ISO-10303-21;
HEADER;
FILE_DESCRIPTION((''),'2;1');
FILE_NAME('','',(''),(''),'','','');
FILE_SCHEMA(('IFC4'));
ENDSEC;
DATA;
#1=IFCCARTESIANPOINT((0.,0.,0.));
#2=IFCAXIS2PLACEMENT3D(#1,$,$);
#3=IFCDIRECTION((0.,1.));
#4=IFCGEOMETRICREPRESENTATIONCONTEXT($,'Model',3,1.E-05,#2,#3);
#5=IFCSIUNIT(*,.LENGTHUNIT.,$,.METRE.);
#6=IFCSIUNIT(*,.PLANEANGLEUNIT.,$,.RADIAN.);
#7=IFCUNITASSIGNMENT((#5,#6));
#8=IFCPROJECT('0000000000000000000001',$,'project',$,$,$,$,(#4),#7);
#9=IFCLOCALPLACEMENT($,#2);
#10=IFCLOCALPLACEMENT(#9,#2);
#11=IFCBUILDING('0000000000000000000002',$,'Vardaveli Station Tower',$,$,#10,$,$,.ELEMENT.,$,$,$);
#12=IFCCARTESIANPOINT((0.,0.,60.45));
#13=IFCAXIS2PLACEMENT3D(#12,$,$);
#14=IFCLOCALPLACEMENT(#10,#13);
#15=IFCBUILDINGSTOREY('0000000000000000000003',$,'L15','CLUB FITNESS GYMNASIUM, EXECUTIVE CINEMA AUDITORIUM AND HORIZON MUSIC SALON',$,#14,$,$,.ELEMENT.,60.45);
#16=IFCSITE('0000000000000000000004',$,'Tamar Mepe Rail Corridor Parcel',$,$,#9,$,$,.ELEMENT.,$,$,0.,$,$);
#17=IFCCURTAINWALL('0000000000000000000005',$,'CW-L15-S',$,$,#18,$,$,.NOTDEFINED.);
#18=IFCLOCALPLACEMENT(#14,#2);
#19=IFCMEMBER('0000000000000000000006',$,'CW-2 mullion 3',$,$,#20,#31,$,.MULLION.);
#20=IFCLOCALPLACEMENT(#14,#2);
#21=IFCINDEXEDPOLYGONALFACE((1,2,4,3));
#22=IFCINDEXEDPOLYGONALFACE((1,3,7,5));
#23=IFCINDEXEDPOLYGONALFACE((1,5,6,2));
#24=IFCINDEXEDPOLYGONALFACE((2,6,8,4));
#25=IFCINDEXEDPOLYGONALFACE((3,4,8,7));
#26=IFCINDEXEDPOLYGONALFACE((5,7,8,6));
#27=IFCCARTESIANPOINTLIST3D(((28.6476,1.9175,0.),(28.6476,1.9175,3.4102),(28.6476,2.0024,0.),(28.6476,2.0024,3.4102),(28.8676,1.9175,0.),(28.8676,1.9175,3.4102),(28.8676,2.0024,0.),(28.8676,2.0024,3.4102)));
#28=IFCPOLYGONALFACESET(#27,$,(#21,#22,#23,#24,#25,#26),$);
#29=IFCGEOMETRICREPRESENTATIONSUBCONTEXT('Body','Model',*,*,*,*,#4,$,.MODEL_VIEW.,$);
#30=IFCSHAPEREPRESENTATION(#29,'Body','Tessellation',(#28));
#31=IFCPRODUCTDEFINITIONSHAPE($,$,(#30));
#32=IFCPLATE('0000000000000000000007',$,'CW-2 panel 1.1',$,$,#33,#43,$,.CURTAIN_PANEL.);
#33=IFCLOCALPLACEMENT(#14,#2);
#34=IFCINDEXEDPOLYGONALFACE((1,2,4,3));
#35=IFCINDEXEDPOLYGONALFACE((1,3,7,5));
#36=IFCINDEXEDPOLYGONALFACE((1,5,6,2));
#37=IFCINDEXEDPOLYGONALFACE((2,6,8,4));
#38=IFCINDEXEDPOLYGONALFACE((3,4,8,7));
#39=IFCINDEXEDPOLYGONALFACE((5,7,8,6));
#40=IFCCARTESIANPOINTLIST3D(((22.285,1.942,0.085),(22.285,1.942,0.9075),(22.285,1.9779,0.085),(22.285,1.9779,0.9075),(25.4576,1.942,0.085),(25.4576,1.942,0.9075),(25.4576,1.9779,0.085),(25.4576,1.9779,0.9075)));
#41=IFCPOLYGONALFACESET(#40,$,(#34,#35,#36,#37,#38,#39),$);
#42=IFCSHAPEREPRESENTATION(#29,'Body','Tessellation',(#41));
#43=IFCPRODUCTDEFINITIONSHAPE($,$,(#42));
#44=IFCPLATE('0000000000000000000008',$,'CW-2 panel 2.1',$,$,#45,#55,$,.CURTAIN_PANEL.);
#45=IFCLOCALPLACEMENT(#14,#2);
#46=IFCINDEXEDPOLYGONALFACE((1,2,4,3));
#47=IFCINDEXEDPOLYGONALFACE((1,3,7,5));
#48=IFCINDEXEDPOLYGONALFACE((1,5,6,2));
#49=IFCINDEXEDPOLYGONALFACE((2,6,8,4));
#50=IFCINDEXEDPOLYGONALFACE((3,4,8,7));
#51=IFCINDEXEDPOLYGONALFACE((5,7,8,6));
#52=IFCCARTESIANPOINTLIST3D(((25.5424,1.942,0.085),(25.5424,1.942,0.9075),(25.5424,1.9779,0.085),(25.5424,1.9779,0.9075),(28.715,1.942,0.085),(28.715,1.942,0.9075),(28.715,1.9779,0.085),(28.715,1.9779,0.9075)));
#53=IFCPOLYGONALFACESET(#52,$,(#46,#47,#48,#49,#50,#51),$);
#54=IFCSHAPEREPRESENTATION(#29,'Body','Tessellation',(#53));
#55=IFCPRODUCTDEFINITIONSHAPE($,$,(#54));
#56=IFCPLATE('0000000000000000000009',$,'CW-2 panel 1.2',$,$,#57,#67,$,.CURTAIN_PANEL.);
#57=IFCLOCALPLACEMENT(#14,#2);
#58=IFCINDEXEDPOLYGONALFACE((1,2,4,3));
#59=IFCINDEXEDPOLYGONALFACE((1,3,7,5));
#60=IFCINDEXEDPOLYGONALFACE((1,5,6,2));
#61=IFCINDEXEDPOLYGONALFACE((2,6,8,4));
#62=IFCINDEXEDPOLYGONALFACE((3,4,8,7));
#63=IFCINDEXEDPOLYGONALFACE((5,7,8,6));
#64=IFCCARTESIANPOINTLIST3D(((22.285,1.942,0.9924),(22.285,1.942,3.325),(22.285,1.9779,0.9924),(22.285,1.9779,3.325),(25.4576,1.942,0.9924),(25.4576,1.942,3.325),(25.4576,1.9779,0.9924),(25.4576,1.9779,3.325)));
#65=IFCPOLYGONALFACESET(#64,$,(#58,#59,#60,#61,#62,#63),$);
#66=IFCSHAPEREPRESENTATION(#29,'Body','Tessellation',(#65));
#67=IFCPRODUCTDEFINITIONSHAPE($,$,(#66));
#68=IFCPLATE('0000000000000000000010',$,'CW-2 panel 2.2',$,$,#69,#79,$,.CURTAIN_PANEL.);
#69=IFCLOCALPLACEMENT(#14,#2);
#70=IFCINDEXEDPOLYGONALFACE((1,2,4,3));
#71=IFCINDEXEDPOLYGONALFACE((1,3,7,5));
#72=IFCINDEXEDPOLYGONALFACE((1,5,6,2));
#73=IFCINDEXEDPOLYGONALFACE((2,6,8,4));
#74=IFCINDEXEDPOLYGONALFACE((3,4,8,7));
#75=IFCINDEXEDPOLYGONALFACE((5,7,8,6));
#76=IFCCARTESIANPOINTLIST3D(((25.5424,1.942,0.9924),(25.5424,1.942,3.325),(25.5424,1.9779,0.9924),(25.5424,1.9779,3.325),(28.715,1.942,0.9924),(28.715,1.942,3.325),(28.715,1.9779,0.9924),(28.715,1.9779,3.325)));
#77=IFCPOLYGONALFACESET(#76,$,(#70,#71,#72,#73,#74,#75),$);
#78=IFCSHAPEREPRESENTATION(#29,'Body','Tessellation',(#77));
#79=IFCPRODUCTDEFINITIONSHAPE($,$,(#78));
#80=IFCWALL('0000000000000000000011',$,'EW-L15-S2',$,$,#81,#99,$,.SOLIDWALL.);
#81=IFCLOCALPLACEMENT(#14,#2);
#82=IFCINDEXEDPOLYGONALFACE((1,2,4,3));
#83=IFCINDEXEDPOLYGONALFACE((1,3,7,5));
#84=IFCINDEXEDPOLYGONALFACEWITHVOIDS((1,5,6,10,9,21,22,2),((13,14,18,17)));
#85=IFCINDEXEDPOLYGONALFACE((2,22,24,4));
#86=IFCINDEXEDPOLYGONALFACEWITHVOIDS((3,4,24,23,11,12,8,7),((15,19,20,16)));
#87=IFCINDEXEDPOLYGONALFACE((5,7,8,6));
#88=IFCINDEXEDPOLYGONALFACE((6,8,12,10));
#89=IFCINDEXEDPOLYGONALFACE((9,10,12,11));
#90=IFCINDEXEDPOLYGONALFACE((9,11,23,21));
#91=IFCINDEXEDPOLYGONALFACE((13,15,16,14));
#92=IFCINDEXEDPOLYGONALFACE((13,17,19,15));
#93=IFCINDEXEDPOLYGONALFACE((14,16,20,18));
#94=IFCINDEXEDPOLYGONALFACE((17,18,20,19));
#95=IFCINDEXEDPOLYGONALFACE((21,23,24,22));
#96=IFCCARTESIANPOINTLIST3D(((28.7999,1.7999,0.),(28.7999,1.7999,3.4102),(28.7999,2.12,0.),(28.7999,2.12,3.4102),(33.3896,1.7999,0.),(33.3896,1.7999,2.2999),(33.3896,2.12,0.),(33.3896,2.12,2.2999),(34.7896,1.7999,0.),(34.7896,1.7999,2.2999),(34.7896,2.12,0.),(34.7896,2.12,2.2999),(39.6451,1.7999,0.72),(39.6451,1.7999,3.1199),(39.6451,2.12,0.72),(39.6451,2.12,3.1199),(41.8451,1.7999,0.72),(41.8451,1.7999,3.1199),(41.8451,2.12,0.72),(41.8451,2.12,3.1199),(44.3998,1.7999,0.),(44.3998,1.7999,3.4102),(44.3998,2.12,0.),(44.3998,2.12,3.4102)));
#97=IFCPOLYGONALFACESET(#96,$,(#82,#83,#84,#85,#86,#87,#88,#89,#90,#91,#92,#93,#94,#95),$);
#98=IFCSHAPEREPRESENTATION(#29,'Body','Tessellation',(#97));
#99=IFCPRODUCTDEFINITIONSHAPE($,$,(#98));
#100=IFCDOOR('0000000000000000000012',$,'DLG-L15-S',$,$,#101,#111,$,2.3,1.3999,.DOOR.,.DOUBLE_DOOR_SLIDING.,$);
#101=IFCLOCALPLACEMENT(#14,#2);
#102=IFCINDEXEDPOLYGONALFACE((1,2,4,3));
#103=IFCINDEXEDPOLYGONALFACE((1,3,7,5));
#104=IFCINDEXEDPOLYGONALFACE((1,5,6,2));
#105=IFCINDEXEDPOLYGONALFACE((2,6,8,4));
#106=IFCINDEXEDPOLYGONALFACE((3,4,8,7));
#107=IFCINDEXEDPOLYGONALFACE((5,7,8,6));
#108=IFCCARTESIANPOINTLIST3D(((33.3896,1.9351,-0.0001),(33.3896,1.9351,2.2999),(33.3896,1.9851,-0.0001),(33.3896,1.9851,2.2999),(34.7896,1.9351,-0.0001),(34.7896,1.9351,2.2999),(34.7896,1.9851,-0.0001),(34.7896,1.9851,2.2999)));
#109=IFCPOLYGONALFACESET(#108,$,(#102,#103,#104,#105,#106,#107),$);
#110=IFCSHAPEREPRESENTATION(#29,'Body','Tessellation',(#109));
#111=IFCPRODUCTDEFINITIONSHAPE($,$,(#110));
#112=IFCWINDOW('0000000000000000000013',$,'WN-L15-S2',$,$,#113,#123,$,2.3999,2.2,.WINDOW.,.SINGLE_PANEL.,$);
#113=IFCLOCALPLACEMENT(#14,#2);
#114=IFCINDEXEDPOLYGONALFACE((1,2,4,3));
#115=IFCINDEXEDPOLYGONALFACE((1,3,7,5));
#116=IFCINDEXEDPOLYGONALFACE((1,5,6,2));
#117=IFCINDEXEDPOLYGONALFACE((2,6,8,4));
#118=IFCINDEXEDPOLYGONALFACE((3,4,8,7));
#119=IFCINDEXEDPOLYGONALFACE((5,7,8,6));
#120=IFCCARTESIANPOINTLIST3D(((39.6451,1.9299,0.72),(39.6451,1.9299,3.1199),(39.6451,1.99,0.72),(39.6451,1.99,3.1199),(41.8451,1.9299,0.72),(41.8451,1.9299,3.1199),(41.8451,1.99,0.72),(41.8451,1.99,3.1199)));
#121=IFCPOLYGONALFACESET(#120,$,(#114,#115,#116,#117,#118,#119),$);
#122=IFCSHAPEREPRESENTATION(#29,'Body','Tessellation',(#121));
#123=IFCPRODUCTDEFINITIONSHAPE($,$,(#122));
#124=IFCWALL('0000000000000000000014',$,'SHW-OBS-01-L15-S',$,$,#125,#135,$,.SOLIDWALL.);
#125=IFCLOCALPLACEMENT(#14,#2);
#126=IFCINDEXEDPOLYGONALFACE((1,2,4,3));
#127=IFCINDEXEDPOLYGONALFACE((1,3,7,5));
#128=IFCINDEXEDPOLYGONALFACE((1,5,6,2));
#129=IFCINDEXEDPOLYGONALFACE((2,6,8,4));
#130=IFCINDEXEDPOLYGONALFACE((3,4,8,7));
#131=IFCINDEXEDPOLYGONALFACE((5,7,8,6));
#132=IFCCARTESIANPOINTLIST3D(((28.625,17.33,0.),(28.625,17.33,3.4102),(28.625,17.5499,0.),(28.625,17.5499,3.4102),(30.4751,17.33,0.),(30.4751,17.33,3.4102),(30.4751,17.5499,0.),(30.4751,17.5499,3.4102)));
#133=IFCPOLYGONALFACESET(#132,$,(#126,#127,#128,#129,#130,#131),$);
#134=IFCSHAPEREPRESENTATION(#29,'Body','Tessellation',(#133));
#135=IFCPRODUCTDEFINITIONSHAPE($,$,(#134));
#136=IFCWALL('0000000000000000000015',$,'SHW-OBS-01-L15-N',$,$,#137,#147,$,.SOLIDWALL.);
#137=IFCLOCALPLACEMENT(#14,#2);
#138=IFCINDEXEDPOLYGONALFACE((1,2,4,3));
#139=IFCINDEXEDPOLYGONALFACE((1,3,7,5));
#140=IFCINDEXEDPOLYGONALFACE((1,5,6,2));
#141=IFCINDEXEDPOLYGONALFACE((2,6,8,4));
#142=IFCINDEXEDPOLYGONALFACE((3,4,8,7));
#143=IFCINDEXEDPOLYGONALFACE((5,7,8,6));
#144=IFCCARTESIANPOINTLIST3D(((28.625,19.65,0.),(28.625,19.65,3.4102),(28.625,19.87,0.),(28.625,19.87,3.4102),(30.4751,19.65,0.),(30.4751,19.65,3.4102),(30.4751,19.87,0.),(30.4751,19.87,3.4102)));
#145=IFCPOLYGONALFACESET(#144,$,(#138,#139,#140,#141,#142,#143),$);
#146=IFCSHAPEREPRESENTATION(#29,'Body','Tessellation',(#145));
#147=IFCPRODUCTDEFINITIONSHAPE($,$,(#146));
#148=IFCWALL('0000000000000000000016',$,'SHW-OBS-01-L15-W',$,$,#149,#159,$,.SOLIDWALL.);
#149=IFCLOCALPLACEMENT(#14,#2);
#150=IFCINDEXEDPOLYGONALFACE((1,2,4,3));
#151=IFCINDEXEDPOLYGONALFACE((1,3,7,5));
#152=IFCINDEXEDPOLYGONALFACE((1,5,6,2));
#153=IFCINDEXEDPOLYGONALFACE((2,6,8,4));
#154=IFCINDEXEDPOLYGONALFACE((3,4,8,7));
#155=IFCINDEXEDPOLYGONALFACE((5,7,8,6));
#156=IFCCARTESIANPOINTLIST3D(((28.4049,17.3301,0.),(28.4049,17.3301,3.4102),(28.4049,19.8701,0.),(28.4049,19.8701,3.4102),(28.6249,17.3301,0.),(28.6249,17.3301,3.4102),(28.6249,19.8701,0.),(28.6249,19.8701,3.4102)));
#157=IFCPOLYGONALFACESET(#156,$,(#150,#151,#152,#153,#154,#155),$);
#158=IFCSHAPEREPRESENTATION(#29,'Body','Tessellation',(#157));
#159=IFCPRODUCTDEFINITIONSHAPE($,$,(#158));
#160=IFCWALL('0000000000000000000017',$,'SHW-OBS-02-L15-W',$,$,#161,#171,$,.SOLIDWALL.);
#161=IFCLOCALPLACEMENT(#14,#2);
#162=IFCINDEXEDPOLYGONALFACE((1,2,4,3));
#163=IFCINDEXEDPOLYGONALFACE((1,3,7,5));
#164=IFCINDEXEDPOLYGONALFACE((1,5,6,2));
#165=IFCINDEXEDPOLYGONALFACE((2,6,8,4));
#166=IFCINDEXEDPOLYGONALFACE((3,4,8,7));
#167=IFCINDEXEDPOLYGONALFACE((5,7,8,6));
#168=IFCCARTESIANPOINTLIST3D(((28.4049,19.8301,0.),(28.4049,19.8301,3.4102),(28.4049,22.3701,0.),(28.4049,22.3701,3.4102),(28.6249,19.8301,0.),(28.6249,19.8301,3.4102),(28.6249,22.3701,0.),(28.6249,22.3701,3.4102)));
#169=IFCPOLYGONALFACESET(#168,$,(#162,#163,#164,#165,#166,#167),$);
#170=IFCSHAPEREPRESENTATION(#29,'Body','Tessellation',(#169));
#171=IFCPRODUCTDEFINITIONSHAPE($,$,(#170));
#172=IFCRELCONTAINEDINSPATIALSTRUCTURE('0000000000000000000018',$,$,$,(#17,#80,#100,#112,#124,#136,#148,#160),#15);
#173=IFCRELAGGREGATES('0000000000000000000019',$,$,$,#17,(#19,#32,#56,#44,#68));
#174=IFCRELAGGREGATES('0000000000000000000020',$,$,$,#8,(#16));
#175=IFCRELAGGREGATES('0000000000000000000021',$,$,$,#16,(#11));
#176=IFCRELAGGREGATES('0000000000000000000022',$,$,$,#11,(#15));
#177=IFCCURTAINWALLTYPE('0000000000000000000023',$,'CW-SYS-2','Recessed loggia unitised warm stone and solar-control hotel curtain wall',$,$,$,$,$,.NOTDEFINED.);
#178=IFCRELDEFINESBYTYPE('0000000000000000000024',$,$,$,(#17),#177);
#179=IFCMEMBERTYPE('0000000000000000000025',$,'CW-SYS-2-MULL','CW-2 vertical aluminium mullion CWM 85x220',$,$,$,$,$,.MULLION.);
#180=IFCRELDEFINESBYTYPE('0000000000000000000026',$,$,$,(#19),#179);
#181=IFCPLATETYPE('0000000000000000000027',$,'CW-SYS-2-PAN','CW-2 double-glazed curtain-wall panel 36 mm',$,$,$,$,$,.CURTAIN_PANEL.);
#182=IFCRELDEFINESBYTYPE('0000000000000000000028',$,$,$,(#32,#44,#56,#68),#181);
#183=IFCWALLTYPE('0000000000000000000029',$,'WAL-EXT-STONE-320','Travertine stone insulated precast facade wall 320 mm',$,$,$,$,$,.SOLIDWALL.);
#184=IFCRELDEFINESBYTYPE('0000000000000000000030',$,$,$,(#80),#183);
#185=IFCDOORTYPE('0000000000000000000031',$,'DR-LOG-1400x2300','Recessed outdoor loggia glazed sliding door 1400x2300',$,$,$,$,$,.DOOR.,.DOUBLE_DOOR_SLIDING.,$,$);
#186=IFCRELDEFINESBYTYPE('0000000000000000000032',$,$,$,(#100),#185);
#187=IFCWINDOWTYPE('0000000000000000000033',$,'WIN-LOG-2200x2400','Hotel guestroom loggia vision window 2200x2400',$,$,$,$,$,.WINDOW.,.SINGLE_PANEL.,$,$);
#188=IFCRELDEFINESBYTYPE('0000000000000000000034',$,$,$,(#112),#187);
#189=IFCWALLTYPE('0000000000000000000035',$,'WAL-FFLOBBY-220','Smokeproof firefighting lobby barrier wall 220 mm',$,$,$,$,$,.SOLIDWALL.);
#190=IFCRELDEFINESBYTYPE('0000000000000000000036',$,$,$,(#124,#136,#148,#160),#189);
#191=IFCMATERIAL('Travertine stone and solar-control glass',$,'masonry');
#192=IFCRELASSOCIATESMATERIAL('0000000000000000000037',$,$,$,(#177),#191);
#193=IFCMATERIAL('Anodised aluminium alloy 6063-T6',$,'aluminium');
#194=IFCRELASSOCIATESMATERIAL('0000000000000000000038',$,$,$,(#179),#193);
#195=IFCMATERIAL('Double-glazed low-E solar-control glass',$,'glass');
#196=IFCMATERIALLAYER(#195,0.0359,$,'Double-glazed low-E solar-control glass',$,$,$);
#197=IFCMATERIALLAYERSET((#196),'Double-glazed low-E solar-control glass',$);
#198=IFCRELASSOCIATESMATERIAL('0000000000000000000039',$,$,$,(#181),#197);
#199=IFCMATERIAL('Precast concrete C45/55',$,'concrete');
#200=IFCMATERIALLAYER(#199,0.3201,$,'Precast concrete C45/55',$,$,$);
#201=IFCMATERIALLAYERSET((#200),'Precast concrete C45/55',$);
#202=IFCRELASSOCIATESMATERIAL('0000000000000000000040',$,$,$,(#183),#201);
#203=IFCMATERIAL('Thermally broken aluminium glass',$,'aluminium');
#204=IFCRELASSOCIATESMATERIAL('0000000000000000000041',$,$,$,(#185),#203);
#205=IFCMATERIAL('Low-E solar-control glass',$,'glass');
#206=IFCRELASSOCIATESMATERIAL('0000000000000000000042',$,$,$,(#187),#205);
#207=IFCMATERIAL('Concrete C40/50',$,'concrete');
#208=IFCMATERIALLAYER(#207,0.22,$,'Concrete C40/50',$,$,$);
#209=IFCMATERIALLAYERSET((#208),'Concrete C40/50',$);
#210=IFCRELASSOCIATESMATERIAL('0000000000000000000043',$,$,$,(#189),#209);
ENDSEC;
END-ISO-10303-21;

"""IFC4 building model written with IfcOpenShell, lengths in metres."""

from ifc_helpers import new_model, si_unit, direction, frame, frame_2d, origin, origin_2d, place, context, subcontext, project, spatial, rectangle, extrude, source, transform, mapped, material, layer, layer_set, material_profile, profile_set, type_object, element, fill, aggregate, save


model = new_model("IFC4")

# Units and contexts
model_context = context("Model", 3, precision=1e-05, world=origin(), true_north=direction((0.0, 1.0)))
body_context = subcontext(model_context, "Body", "Model", "MODEL_VIEW")
ifc_project = project(units=[si_unit("LENGTHUNIT", "METRE"), si_unit("PLANEANGLEUNIT", "RADIAN")], contexts=[model_context])

# Site, building, storey
site_placement = place(None, origin())
site = spatial("IfcSite", under=ifc_project, at=site_placement, Name="Tamar Mepe Rail Corridor Parcel", CompositionType="ELEMENT", RefElevation=0.0)
building_placement = place(site_placement, origin())
building = spatial("IfcBuilding", under=site, at=building_placement, Name="Vardaveli Station Tower", CompositionType="ELEMENT")
storey_placement = place(building_placement, frame((0.0, 0.0, 60.45)))
storey = spatial("IfcBuildingStorey", under=building, at=storey_placement, Name="L15", Description="CLUB FITNESS GYMNASIUM, EXECUTIVE CINEMA AUDITORIUM AND HORIZON MUSIC SALON", CompositionType="ELEMENT", Elevation=60.45)

# Shared definitions
ifc_material_1 = material(Name="Precast concrete C45/55", Category="concrete")

# Curtain wall, member, plates
ifc_material_2 = material(Name="Travertine stone and solar-control glass", Category="masonry")
curtain_wall_type = type_object("IfcCurtainWallType", Name="CW-SYS-2", Description="Recessed loggia unitised warm stone and solar-control hotel curtain wall", PredefinedType="NOTDEFINED", material=ifc_material_2)
curtain_wall_placement = place(storey_placement, origin())
curtain_wall = element("IfcCurtainWall", 1, at=curtain_wall_placement, inside=storey, type_object=curtain_wall_type, Name="CW-L15-S", PredefinedType="NOTDEFINED")
ifc_material_3 = material(Name="Anodised aluminium alloy 6063-T6", Category="aluminium")
ifc_material_profile_1 = material_profile(ifc_material_3, rectangle(XDim=0.085, YDim=0.22, at=origin_2d()), Name="CWM 85x220")
ifc_profile_set_1 = profile_set([ifc_material_profile_1], Name="Anodised aluminium alloy 6063-T6")
member_type_1 = type_object("IfcMemberType", Name="CW-SYS-2-MULL", Description="CW-2 vertical aluminium mullion CWM 85x220", PredefinedType="MULLION", material=ifc_profile_set_1)
shared_shape_1 = source(origin(), body_context, "Body", "SweptSolid", [
    extrude(rectangle(XDim=0.085, YDim=0.22, at=origin_2d()), origin(), (0.0, 0.0, 1.0), 3.4102),
])
member_1_placement = place(storey_placement, frame((28.7576, 1.96, 0.0), z_axis=(0.0, 0.0, 1.0), x_axis=(0.0, 1.0, 0.0)))
member_1 = element("IfcMember", 2, at=member_1_placement, type_object=member_type_1, Name="CW-2 mullion 3", PredefinedType="MULLION", context=body_context, shape_type="MappedRepresentation", body=[
    mapped(shared_shape_1, transform((0.0, 0.0, 0.0), scale=1.0)),
])
ifc_material_4 = material(Name="Double-glazed low-E solar-control glass", Category="glass")
ifc_layer_1 = layer(ifc_material_4, 0.0359, Name="Double-glazed low-E solar-control glass")
ifc_layer_set_1 = layer_set([ifc_layer_1], Name="Double-glazed low-E solar-control glass")
plate_type = type_object("IfcPlateType", Name="CW-SYS-2-PAN", Description="CW-2 double-glazed curtain-wall panel 36 mm", PredefinedType="CURTAIN_PANEL", material=ifc_layer_set_1)
shared_shape_2 = source(origin(), body_context, "Body", "SweptSolid", [
    extrude(rectangle(XDim=3.1726, YDim=0.0359, at=origin_2d()), origin(), (0.0, 0.0, 1.0), 0.8225),
])
plate_1_placement = place(storey_placement, frame((23.8713, 1.96, 0.085), z_axis=(0.0, 0.0, 1.0), x_axis=(1.0, 0.0, 0.0)))
plate_1 = element("IfcPlate", 3, at=plate_1_placement, type_object=plate_type, Name="CW-2 panel 1.1", PredefinedType="CURTAIN_PANEL", context=body_context, shape_type="MappedRepresentation", body=[
    mapped(shared_shape_2, transform((0.0, 0.0, 0.0), scale=1.0)),
])
plate_2_placement = place(storey_placement, frame((27.1287, 1.96, 0.085), z_axis=(0.0, 0.0, 1.0), x_axis=(1.0, 0.0, 0.0)))
plate_2 = element("IfcPlate", 4, at=plate_2_placement, type_object=plate_type, Name="CW-2 panel 2.1", PredefinedType="CURTAIN_PANEL", context=body_context, shape_type="MappedRepresentation", body=[
    mapped(shared_shape_2, transform((0.0, 0.0, 0.0), scale=1.0)),
])
shared_shape_3 = source(origin(), body_context, "Body", "SweptSolid", [
    extrude(rectangle(XDim=3.1726, YDim=0.0359, at=origin_2d()), origin(), (0.0, 0.0, 1.0), 2.3325),
])
plate_3_placement = place(storey_placement, frame((23.8713, 1.96, 0.9924), z_axis=(0.0, 0.0, 1.0), x_axis=(1.0, 0.0, 0.0)))
plate_3 = element("IfcPlate", 5, at=plate_3_placement, type_object=plate_type, Name="CW-2 panel 1.2", PredefinedType="CURTAIN_PANEL", context=body_context, shape_type="MappedRepresentation", body=[
    mapped(shared_shape_3, transform((0.0, 0.0, 0.0), scale=1.0)),
])
plate_4_placement = place(storey_placement, frame((27.1287, 1.96, 0.9924), z_axis=(0.0, 0.0, 1.0), x_axis=(1.0, 0.0, 0.0)))
plate_4 = element("IfcPlate", 6, at=plate_4_placement, type_object=plate_type, Name="CW-2 panel 2.2", PredefinedType="CURTAIN_PANEL", context=body_context, shape_type="MappedRepresentation", body=[
    mapped(shared_shape_3, transform((0.0, 0.0, 0.0), scale=1.0)),
])
aggregate(curtain_wall, [member_1, plate_1, plate_3, plate_2, plate_4])

# Wall, openings, door, window
ifc_layer_2 = layer(ifc_material_1, 0.3201, Name="Precast concrete C45/55")
ifc_layer_set_2 = layer_set([ifc_layer_2], Name="Precast concrete C45/55")
wall_type_1 = type_object("IfcWallType", Name="WAL-EXT-STONE-320", Description="Travertine stone insulated precast facade wall 320 mm", PredefinedType="SOLIDWALL", material=ifc_layer_set_2)
shared_shape_4 = source(origin(), body_context, "Body", "SweptSolid", [
    extrude(rectangle(XDim=15.5999, YDim=0.3201, at=frame_2d((7.7998, 0.0))), origin(), (0.0, 0.0, 1.0), 3.4102),
])
wall_placement = place(storey_placement, frame((28.8, 1.96, 0.0), z_axis=(0.0, 0.0, 1.0), x_axis=(1.0, 0.0, 0.0)))
wall = element("IfcWall", 7, at=wall_placement, inside=storey, type_object=wall_type_1, Name="EW-L15-S2", PredefinedType="SOLIDWALL", context=body_context, shape_type="MappedRepresentation", body=[
    mapped(shared_shape_4, transform((0.0, 0.0, 0.0), scale=1.0)),
])
shared_shape_5 = source(origin(), body_context, "Body", "SweptSolid", [
    extrude(rectangle(XDim=1.3999, YDim=2.3, at=frame_2d((0.7, 1.1499))), frame((0.0, 0.1699, 0.0), z_axis=(0.0, -1.0, 0.0), x_axis=(1.0, 0.0, 0.0)), (0.0, 0.0, 1.0), 0.3401),
])
opening_1_placement = place(wall_placement, frame((4.5896, 0.0, 0.0)))
opening_1 = element("IfcOpeningElement", 8, at=opening_1_placement, cuts=wall, PredefinedType="OPENING", context=body_context, shape_type="MappedRepresentation", body=[
    mapped(shared_shape_5, transform((0.0, 0.0, 0.0), scale=1.0)),
])
shared_shape_6 = source(origin(), body_context, "Body", "SweptSolid", [
    extrude(rectangle(XDim=2.2, YDim=2.3999, at=frame_2d((1.1001, 1.2))), frame((0.0, 0.1699, 0.0), z_axis=(0.0, -1.0, 0.0), x_axis=(1.0, 0.0, 0.0)), (0.0, 0.0, 1.0), 0.3401),
])
opening_2_placement = place(wall_placement, frame((10.845, 0.0, 0.72)))
opening_2 = element("IfcOpeningElement", 9, at=opening_2_placement, cuts=wall, PredefinedType="OPENING", context=body_context, shape_type="MappedRepresentation", body=[
    mapped(shared_shape_6, transform((0.0, 0.0, 0.0), scale=1.0)),
])
ifc_material_5 = material(Name="Thermally broken aluminium glass", Category="aluminium")
door_type = type_object("IfcDoorType", Name="DR-LOG-1400x2300", Description="Recessed outdoor loggia glazed sliding door 1400x2300", OperationType="DOUBLE_DOOR_SLIDING", PredefinedType="DOOR", material=ifc_material_5)
shared_shape_7 = source(origin(), body_context, "Body", "SweptSolid", [
    extrude(rectangle(XDim=1.3999, YDim=2.3, at=frame_2d((0.7, 1.1499))), frame((0.0, 0.0249, 0.0), z_axis=(0.0, -1.0, 0.0), x_axis=(1.0, 0.0, 0.0)), (0.0, 0.0, 1.0), 0.05),
])
door_placement = place(opening_1_placement, frame((1.3999, 0.0, 0.0), z_axis=(0.0, 0.0, 1.0), x_axis=(-1.0, 0.0, 0.0)))
door = element("IfcDoor", 10, at=door_placement, inside=storey, type_object=door_type, Name="DLG-L15-S", OperationType="DOUBLE_DOOR_SLIDING", OverallHeight=2.3, OverallWidth=1.3999, PredefinedType="DOOR", context=body_context, shape_type="MappedRepresentation", body=[
    mapped(shared_shape_7, transform((0.0, 0.0, 0.0), scale=1.0)),
])
fill(opening_1, door)
ifc_material_6 = material(Name="Low-E solar-control glass", Category="glass")
window_type = type_object("IfcWindowType", Name="WIN-LOG-2200x2400", Description="Hotel guestroom loggia vision window 2200x2400", PartitioningType="SINGLE_PANEL", PredefinedType="WINDOW", material=ifc_material_6)
shared_shape_8 = source(origin(), body_context, "Body", "SweptSolid", [
    extrude(rectangle(XDim=2.2, YDim=2.3999, at=frame_2d((1.1001, 1.2))), frame((0.0, 0.03, 0.0), z_axis=(0.0, -1.0, 0.0), x_axis=(1.0, 0.0, 0.0)), (0.0, 0.0, 1.0), 0.0601),
])
window_placement = place(opening_2_placement, origin())
window = element("IfcWindow", 11, at=window_placement, inside=storey, type_object=window_type, Name="WN-L15-S2", OverallHeight=2.3999, OverallWidth=2.2, PartitioningType="SINGLE_PANEL", PredefinedType="WINDOW", context=body_context, shape_type="MappedRepresentation", body=[
    mapped(shared_shape_8, transform((0.0, 0.0, 0.0), scale=1.0)),
])
fill(opening_2, window)

# Walls
ifc_material_7 = material(Name="Concrete C40/50", Category="concrete")
ifc_layer_3 = layer(ifc_material_7, 0.22, Name="Concrete C40/50")
ifc_layer_set_3 = layer_set([ifc_layer_3], Name="Concrete C40/50")
wall_type_2 = type_object("IfcWallType", Name="WAL-FFLOBBY-220", Description="Smokeproof firefighting lobby barrier wall 220 mm", PredefinedType="SOLIDWALL", material=ifc_layer_set_3)
shared_shape_9 = source(origin(), body_context, "Body", "SweptSolid", [
    extrude(rectangle(XDim=1.8501, YDim=0.22, at=frame_2d((0.925, 0.0))), origin(), (0.0, 0.0, 1.0), 3.4102),
])
for number, where, z_axis, x_axis, name in (
    (12, (28.625, 17.4399, 0.0), (0.0, 0.0, 1.0), (1.0, 0.0, 0.0), "SHW-OBS-01-L15-S"),
    (13, (28.625, 19.76, 0.0), (0.0, 0.0, 1.0), (1.0, 0.0, 0.0), "SHW-OBS-01-L15-N"),
):
    element("IfcWall", number, at=place(storey_placement, frame(where, z_axis=z_axis, x_axis=x_axis)), inside=storey, type_object=wall_type_2, Name=name, PredefinedType="SOLIDWALL", context=body_context, shape_type="MappedRepresentation", body=[
        mapped(shared_shape_9, transform((0.0, 0.0, 0.0), scale=1.0)),
    ])
shared_shape_10 = source(origin(), body_context, "Body", "SweptSolid", [
    extrude(rectangle(XDim=2.54, YDim=0.22, at=frame_2d((1.27, 0.0))), origin(), (0.0, 0.0, 1.0), 3.4102),
])
for number, where, z_axis, x_axis, name in (
    (14, (28.5149, 17.3301, 0.0), (0.0, 0.0, 1.0), (0.0, 1.0, 0.0), "SHW-OBS-01-L15-W"),
    (15, (28.5149, 19.8301, 0.0), (0.0, 0.0, 1.0), (0.0, 1.0, 0.0), "SHW-OBS-02-L15-W"),
):
    element("IfcWall", number, at=place(storey_placement, frame(where, z_axis=z_axis, x_axis=x_axis)), inside=storey, type_object=wall_type_2, Name=name, PredefinedType="SOLIDWALL", context=body_context, shape_type="MappedRepresentation", body=[
        mapped(shared_shape_10, transform((0.0, 0.0, 0.0), scale=1.0)),
    ])

save(model, "model.ifc")
